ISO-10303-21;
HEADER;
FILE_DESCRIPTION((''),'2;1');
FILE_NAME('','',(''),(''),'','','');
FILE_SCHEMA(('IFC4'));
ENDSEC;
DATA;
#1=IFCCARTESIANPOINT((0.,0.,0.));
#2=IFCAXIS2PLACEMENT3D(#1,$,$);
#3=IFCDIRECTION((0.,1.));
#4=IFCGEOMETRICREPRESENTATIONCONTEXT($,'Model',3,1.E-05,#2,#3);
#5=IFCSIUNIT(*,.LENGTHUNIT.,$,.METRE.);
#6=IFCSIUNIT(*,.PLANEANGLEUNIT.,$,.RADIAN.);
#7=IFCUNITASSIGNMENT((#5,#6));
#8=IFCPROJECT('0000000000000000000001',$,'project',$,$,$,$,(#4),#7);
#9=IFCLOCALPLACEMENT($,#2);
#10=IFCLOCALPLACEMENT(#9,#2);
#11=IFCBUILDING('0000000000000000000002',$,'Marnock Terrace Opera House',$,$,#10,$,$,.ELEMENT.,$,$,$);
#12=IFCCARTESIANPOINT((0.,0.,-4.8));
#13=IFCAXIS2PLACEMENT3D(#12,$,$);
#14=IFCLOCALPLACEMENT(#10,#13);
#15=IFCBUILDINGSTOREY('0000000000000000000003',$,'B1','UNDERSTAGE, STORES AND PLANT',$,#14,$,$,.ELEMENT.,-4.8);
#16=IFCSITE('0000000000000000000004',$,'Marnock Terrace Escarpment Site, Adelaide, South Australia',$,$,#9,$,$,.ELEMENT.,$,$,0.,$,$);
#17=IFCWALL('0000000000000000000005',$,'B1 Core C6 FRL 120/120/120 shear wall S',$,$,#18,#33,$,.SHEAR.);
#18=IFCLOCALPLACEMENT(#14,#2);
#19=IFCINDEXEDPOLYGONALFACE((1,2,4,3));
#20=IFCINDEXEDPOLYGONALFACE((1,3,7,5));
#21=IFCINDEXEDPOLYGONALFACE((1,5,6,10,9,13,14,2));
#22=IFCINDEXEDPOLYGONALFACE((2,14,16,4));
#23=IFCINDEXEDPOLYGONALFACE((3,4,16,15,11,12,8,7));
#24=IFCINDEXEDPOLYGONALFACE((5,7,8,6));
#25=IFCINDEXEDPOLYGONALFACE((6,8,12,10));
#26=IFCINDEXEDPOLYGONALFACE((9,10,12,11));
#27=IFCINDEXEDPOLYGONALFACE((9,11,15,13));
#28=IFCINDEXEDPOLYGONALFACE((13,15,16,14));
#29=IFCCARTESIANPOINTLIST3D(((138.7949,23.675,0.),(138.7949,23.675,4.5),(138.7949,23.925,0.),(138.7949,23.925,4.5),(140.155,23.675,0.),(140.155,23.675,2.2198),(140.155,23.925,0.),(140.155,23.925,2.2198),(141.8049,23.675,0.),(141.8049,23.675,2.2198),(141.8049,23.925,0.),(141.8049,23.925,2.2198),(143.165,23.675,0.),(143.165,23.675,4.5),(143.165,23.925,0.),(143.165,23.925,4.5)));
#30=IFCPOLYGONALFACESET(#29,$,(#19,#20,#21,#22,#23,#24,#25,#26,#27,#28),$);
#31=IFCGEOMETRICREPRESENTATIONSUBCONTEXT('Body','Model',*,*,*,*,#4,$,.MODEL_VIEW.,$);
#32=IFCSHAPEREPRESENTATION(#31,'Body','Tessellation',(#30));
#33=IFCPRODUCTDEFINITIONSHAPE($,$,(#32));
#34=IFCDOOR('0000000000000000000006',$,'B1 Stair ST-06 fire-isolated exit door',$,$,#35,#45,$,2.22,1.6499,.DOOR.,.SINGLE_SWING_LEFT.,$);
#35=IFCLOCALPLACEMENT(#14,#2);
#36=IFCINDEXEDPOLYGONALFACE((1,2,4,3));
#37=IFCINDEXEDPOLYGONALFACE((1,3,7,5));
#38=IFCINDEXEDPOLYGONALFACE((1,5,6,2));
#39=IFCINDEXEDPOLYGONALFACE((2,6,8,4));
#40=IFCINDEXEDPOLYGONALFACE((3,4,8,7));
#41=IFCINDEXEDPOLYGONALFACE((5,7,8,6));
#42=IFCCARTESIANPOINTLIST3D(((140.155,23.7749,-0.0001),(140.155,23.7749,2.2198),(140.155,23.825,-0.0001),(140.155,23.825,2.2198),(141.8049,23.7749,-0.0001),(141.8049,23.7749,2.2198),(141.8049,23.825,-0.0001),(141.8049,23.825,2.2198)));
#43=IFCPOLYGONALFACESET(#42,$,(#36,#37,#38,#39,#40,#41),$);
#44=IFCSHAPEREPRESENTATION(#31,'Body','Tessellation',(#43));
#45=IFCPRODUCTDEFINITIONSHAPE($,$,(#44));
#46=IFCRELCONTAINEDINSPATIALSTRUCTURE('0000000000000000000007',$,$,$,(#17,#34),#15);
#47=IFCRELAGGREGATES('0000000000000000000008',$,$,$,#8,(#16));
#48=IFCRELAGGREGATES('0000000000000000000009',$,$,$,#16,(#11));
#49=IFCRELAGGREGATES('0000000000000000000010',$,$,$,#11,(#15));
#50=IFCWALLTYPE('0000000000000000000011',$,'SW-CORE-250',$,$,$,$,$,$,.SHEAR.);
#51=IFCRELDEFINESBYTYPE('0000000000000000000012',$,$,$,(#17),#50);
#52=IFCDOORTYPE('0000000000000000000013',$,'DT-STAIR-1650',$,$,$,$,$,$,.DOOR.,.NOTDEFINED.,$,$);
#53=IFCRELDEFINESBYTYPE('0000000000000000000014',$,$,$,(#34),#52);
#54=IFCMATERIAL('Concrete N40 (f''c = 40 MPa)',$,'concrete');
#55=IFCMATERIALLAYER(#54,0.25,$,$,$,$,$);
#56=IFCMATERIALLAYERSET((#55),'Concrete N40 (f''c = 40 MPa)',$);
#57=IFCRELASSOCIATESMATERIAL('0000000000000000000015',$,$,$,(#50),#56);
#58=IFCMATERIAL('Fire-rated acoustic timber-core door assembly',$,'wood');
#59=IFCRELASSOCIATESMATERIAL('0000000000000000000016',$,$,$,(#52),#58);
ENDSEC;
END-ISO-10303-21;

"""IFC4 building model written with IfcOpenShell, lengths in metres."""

from ifc_helpers import new_model, si_unit, direction, frame, frame_2d, origin, place, context, subcontext, project, spatial, rectangle, extrude, material, layer, layer_set, type_object, element, fill, save


model = new_model("IFC4")

# Units and contexts
model_context = context("Model", 3, precision=1e-05, world=origin(), true_north=direction((0.0, 1.0)))
body_context = subcontext(model_context, "Body", "Model", "MODEL_VIEW")
ifc_project = project(units=[si_unit("LENGTHUNIT", "METRE"), si_unit("PLANEANGLEUNIT", "RADIAN")], contexts=[model_context])

# Site, building, storey
site_placement = place(None, origin())
site = spatial("IfcSite", under=ifc_project, at=site_placement, Name="Marnock Terrace Escarpment Site, Adelaide, South Australia", CompositionType="ELEMENT", RefElevation=0.0)
building_placement = place(site_placement, origin())
building = spatial("IfcBuilding", under=site, at=building_placement, Name="Marnock Terrace Opera House", CompositionType="ELEMENT")
storey_placement = place(building_placement, frame((0.0, 0.0, -4.8)))
storey = spatial("IfcBuildingStorey", under=building, at=storey_placement, Name="B1", Description="UNDERSTAGE, STORES AND PLANT", CompositionType="ELEMENT", Elevation=-4.8)

# Shared definitions
ifc_material_1 = material(Name="Concrete N40 (f'c = 40 MPa)", Category="concrete")

# Wall, opening, door
ifc_material_2 = material(Name="Fire-rated acoustic timber-core door assembly", Category="wood")
ifc_layer_1 = layer(ifc_material_1, 0.25)
ifc_layer_set_1 = layer_set([ifc_layer_1], Name="Concrete N40 (f'c = 40 MPa)")
wall_type_1 = type_object("IfcWallType", Name="SW-CORE-250", PredefinedType="SHEAR", material=ifc_layer_set_1)
wall_1_placement = place(storey_placement, frame((138.7949, 23.8, 0.0), z_axis=(0.0, 0.0, 1.0), x_axis=(1.0, 0.0, 0.0)))
wall_1 = element("IfcWall", 1, at=wall_1_placement, inside=storey, type_object=wall_type_1, Name="B1 Core C6 FRL 120/120/120 shear wall S", PredefinedType="SHEAR", context=body_context, shape_type="SweptSolid", body=[
    extrude(rectangle(XDim=4.3701, YDim=0.25, at=frame_2d((2.1851, 0.0))), origin(), (0.0, 0.0, 1.0), 4.5),
])
opening_1_placement = place(wall_1_placement, frame((1.3601, 0.0, 0.0)))
opening_1 = element("IfcOpeningElement", 2, at=opening_1_placement, cuts=wall_1, PredefinedType="OPENING", context=body_context, shape_type="SweptSolid", body=[
    extrude(rectangle(XDim=1.6499, YDim=2.22, at=frame_2d((0.825, 1.1099))), frame((0.0, 0.135, 0.0), z_axis=(0.0, -1.0, 0.0), x_axis=(1.0, 0.0, 0.0)), (0.0, 0.0, 1.0), 0.27),
])
door_type_1 = type_object("IfcDoorType", Name="DT-STAIR-1650", OperationType="NOTDEFINED", PredefinedType="DOOR", material=ifc_material_2)
door_1_placement = place(opening_1_placement, origin())
door_1 = element("IfcDoor", 3, at=door_1_placement, inside=storey, type_object=door_type_1, Name="B1 Stair ST-06 fire-isolated exit door", OperationType="SINGLE_SWING_LEFT", OverallHeight=2.22, OverallWidth=1.6499, PredefinedType="DOOR", context=body_context, shape_type="SweptSolid", body=[
    extrude(rectangle(XDim=1.6499, YDim=2.22, at=frame_2d((0.825, 1.1099))), frame((0.0, 0.0249, 0.0), z_axis=(0.0, -1.0, 0.0), x_axis=(1.0, 0.0, 0.0)), (0.0, 0.0, 1.0), 0.05),
])
fill(opening_1, door_1)

save(model, "model.ifc")
